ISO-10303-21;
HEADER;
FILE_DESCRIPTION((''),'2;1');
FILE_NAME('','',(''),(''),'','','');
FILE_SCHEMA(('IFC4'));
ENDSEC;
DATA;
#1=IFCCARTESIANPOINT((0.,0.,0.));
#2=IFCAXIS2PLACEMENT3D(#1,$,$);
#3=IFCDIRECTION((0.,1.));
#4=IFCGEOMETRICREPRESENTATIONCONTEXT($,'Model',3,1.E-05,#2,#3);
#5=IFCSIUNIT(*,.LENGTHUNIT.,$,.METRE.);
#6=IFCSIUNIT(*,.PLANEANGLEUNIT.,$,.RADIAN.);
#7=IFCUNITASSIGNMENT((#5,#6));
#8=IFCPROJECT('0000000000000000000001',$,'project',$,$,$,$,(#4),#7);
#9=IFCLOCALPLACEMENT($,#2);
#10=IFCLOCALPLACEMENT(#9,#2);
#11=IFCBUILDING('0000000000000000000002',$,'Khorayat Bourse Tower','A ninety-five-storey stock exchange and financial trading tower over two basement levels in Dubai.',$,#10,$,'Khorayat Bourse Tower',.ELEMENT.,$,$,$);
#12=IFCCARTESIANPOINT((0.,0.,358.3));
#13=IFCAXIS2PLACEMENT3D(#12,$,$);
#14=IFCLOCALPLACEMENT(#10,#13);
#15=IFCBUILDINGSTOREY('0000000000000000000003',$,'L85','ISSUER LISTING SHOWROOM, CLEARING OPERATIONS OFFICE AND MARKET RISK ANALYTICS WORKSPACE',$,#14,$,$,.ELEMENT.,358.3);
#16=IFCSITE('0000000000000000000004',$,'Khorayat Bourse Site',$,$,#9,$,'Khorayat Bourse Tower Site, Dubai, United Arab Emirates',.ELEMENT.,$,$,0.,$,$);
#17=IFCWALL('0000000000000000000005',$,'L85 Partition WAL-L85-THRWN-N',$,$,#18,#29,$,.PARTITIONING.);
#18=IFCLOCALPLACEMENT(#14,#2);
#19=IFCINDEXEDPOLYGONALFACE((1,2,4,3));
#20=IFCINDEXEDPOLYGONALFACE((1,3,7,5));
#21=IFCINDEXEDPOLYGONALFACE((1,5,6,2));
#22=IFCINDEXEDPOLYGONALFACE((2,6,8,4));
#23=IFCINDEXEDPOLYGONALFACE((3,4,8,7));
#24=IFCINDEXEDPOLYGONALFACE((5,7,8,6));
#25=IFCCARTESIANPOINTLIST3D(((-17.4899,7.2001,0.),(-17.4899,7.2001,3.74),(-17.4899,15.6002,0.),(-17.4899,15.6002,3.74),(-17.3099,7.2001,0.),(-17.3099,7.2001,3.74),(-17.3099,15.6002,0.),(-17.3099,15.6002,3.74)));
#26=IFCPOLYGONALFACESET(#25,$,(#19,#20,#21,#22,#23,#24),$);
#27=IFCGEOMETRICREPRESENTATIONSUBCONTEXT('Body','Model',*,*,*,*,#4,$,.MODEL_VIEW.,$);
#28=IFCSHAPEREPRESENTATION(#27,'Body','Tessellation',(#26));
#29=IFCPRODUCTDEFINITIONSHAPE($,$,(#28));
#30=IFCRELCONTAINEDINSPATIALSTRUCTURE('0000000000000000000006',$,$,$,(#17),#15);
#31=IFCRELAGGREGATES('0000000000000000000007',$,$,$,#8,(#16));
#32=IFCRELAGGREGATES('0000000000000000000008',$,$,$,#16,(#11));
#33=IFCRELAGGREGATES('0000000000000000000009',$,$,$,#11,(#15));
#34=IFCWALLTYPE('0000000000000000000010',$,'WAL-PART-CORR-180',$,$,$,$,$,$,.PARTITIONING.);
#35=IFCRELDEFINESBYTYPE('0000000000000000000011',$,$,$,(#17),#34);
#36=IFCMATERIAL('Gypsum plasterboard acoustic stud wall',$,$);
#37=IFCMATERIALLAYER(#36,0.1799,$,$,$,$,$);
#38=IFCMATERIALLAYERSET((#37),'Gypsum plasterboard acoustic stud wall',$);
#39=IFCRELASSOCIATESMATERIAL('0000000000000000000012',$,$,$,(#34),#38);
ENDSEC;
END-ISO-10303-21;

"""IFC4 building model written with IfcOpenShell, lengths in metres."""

from ifc_helpers import new_model, si_unit, direction, frame, frame_2d, origin, place, context, subcontext, project, spatial, rectangle, extrude, source, transform, mapped, material, layer, layer_set, type_object, element, save


model = new_model("IFC4")

# Units and contexts
model_context = context("Model", 3, precision=1e-05, world=origin(), true_north=direction((0.0, 1.0)))
body_context = subcontext(model_context, "Body", "Model", "MODEL_VIEW")
ifc_project = project(units=[si_unit("LENGTHUNIT", "METRE"), si_unit("PLANEANGLEUNIT", "RADIAN")], contexts=[model_context])

# Site, building, storey
site_placement = place(None, origin())
site = spatial("IfcSite", under=ifc_project, at=site_placement, Name="Khorayat Bourse Site", LongName="Khorayat Bourse Tower Site, Dubai, United Arab Emirates", CompositionType="ELEMENT", RefElevation=0.0)
building_placement = place(site_placement, origin())
building = spatial("IfcBuilding", under=site, at=building_placement, Name="Khorayat Bourse Tower", Description="A ninety-five-storey stock exchange and financial trading tower over two basement levels in Dubai.", LongName="Khorayat Bourse Tower", CompositionType="ELEMENT")
storey_placement = place(building_placement, frame((0.0, 0.0, 358.3)))
storey = spatial("IfcBuildingStorey", under=building, at=storey_placement, Name="L85", Description="ISSUER LISTING SHOWROOM, CLEARING OPERATIONS OFFICE AND MARKET RISK ANALYTICS WORKSPACE", CompositionType="ELEMENT", Elevation=358.3)

# Wall
ifc_material_1 = material(Name="Gypsum plasterboard acoustic stud wall")
ifc_layer_1 = layer(ifc_material_1, 0.1799)
ifc_layer_set_1 = layer_set([ifc_layer_1], Name="Gypsum plasterboard acoustic stud wall")
wall_type_1 = type_object("IfcWallType", Name="WAL-PART-CORR-180", PredefinedType="PARTITIONING", material=ifc_layer_set_1)
shared_shape_1 = source(origin(), body_context, "Body", "SweptSolid", [
    extrude(rectangle(XDim=8.4001, YDim=0.1799, at=frame_2d((4.2002, 0.0))), origin(), (0.0, 0.0, 1.0), 3.74),
])
wall_1_placement = place(storey_placement, frame((-17.3999, 7.2, 0.0), z_axis=(0.0, 0.0, 1.0), x_axis=(0.0, 1.0, 0.0)))
element("IfcWall", 1, at=wall_1_placement, inside=storey, type_object=wall_type_1, Name="L85 Partition WAL-L85-THRWN-N", PredefinedType="PARTITIONING", context=body_context, shape_type="MappedRepresentation", body=[
    mapped(shared_shape_1, transform((0.0, 0.0, 0.0), scale=1.0)),
])

save(model, "model.ifc")
